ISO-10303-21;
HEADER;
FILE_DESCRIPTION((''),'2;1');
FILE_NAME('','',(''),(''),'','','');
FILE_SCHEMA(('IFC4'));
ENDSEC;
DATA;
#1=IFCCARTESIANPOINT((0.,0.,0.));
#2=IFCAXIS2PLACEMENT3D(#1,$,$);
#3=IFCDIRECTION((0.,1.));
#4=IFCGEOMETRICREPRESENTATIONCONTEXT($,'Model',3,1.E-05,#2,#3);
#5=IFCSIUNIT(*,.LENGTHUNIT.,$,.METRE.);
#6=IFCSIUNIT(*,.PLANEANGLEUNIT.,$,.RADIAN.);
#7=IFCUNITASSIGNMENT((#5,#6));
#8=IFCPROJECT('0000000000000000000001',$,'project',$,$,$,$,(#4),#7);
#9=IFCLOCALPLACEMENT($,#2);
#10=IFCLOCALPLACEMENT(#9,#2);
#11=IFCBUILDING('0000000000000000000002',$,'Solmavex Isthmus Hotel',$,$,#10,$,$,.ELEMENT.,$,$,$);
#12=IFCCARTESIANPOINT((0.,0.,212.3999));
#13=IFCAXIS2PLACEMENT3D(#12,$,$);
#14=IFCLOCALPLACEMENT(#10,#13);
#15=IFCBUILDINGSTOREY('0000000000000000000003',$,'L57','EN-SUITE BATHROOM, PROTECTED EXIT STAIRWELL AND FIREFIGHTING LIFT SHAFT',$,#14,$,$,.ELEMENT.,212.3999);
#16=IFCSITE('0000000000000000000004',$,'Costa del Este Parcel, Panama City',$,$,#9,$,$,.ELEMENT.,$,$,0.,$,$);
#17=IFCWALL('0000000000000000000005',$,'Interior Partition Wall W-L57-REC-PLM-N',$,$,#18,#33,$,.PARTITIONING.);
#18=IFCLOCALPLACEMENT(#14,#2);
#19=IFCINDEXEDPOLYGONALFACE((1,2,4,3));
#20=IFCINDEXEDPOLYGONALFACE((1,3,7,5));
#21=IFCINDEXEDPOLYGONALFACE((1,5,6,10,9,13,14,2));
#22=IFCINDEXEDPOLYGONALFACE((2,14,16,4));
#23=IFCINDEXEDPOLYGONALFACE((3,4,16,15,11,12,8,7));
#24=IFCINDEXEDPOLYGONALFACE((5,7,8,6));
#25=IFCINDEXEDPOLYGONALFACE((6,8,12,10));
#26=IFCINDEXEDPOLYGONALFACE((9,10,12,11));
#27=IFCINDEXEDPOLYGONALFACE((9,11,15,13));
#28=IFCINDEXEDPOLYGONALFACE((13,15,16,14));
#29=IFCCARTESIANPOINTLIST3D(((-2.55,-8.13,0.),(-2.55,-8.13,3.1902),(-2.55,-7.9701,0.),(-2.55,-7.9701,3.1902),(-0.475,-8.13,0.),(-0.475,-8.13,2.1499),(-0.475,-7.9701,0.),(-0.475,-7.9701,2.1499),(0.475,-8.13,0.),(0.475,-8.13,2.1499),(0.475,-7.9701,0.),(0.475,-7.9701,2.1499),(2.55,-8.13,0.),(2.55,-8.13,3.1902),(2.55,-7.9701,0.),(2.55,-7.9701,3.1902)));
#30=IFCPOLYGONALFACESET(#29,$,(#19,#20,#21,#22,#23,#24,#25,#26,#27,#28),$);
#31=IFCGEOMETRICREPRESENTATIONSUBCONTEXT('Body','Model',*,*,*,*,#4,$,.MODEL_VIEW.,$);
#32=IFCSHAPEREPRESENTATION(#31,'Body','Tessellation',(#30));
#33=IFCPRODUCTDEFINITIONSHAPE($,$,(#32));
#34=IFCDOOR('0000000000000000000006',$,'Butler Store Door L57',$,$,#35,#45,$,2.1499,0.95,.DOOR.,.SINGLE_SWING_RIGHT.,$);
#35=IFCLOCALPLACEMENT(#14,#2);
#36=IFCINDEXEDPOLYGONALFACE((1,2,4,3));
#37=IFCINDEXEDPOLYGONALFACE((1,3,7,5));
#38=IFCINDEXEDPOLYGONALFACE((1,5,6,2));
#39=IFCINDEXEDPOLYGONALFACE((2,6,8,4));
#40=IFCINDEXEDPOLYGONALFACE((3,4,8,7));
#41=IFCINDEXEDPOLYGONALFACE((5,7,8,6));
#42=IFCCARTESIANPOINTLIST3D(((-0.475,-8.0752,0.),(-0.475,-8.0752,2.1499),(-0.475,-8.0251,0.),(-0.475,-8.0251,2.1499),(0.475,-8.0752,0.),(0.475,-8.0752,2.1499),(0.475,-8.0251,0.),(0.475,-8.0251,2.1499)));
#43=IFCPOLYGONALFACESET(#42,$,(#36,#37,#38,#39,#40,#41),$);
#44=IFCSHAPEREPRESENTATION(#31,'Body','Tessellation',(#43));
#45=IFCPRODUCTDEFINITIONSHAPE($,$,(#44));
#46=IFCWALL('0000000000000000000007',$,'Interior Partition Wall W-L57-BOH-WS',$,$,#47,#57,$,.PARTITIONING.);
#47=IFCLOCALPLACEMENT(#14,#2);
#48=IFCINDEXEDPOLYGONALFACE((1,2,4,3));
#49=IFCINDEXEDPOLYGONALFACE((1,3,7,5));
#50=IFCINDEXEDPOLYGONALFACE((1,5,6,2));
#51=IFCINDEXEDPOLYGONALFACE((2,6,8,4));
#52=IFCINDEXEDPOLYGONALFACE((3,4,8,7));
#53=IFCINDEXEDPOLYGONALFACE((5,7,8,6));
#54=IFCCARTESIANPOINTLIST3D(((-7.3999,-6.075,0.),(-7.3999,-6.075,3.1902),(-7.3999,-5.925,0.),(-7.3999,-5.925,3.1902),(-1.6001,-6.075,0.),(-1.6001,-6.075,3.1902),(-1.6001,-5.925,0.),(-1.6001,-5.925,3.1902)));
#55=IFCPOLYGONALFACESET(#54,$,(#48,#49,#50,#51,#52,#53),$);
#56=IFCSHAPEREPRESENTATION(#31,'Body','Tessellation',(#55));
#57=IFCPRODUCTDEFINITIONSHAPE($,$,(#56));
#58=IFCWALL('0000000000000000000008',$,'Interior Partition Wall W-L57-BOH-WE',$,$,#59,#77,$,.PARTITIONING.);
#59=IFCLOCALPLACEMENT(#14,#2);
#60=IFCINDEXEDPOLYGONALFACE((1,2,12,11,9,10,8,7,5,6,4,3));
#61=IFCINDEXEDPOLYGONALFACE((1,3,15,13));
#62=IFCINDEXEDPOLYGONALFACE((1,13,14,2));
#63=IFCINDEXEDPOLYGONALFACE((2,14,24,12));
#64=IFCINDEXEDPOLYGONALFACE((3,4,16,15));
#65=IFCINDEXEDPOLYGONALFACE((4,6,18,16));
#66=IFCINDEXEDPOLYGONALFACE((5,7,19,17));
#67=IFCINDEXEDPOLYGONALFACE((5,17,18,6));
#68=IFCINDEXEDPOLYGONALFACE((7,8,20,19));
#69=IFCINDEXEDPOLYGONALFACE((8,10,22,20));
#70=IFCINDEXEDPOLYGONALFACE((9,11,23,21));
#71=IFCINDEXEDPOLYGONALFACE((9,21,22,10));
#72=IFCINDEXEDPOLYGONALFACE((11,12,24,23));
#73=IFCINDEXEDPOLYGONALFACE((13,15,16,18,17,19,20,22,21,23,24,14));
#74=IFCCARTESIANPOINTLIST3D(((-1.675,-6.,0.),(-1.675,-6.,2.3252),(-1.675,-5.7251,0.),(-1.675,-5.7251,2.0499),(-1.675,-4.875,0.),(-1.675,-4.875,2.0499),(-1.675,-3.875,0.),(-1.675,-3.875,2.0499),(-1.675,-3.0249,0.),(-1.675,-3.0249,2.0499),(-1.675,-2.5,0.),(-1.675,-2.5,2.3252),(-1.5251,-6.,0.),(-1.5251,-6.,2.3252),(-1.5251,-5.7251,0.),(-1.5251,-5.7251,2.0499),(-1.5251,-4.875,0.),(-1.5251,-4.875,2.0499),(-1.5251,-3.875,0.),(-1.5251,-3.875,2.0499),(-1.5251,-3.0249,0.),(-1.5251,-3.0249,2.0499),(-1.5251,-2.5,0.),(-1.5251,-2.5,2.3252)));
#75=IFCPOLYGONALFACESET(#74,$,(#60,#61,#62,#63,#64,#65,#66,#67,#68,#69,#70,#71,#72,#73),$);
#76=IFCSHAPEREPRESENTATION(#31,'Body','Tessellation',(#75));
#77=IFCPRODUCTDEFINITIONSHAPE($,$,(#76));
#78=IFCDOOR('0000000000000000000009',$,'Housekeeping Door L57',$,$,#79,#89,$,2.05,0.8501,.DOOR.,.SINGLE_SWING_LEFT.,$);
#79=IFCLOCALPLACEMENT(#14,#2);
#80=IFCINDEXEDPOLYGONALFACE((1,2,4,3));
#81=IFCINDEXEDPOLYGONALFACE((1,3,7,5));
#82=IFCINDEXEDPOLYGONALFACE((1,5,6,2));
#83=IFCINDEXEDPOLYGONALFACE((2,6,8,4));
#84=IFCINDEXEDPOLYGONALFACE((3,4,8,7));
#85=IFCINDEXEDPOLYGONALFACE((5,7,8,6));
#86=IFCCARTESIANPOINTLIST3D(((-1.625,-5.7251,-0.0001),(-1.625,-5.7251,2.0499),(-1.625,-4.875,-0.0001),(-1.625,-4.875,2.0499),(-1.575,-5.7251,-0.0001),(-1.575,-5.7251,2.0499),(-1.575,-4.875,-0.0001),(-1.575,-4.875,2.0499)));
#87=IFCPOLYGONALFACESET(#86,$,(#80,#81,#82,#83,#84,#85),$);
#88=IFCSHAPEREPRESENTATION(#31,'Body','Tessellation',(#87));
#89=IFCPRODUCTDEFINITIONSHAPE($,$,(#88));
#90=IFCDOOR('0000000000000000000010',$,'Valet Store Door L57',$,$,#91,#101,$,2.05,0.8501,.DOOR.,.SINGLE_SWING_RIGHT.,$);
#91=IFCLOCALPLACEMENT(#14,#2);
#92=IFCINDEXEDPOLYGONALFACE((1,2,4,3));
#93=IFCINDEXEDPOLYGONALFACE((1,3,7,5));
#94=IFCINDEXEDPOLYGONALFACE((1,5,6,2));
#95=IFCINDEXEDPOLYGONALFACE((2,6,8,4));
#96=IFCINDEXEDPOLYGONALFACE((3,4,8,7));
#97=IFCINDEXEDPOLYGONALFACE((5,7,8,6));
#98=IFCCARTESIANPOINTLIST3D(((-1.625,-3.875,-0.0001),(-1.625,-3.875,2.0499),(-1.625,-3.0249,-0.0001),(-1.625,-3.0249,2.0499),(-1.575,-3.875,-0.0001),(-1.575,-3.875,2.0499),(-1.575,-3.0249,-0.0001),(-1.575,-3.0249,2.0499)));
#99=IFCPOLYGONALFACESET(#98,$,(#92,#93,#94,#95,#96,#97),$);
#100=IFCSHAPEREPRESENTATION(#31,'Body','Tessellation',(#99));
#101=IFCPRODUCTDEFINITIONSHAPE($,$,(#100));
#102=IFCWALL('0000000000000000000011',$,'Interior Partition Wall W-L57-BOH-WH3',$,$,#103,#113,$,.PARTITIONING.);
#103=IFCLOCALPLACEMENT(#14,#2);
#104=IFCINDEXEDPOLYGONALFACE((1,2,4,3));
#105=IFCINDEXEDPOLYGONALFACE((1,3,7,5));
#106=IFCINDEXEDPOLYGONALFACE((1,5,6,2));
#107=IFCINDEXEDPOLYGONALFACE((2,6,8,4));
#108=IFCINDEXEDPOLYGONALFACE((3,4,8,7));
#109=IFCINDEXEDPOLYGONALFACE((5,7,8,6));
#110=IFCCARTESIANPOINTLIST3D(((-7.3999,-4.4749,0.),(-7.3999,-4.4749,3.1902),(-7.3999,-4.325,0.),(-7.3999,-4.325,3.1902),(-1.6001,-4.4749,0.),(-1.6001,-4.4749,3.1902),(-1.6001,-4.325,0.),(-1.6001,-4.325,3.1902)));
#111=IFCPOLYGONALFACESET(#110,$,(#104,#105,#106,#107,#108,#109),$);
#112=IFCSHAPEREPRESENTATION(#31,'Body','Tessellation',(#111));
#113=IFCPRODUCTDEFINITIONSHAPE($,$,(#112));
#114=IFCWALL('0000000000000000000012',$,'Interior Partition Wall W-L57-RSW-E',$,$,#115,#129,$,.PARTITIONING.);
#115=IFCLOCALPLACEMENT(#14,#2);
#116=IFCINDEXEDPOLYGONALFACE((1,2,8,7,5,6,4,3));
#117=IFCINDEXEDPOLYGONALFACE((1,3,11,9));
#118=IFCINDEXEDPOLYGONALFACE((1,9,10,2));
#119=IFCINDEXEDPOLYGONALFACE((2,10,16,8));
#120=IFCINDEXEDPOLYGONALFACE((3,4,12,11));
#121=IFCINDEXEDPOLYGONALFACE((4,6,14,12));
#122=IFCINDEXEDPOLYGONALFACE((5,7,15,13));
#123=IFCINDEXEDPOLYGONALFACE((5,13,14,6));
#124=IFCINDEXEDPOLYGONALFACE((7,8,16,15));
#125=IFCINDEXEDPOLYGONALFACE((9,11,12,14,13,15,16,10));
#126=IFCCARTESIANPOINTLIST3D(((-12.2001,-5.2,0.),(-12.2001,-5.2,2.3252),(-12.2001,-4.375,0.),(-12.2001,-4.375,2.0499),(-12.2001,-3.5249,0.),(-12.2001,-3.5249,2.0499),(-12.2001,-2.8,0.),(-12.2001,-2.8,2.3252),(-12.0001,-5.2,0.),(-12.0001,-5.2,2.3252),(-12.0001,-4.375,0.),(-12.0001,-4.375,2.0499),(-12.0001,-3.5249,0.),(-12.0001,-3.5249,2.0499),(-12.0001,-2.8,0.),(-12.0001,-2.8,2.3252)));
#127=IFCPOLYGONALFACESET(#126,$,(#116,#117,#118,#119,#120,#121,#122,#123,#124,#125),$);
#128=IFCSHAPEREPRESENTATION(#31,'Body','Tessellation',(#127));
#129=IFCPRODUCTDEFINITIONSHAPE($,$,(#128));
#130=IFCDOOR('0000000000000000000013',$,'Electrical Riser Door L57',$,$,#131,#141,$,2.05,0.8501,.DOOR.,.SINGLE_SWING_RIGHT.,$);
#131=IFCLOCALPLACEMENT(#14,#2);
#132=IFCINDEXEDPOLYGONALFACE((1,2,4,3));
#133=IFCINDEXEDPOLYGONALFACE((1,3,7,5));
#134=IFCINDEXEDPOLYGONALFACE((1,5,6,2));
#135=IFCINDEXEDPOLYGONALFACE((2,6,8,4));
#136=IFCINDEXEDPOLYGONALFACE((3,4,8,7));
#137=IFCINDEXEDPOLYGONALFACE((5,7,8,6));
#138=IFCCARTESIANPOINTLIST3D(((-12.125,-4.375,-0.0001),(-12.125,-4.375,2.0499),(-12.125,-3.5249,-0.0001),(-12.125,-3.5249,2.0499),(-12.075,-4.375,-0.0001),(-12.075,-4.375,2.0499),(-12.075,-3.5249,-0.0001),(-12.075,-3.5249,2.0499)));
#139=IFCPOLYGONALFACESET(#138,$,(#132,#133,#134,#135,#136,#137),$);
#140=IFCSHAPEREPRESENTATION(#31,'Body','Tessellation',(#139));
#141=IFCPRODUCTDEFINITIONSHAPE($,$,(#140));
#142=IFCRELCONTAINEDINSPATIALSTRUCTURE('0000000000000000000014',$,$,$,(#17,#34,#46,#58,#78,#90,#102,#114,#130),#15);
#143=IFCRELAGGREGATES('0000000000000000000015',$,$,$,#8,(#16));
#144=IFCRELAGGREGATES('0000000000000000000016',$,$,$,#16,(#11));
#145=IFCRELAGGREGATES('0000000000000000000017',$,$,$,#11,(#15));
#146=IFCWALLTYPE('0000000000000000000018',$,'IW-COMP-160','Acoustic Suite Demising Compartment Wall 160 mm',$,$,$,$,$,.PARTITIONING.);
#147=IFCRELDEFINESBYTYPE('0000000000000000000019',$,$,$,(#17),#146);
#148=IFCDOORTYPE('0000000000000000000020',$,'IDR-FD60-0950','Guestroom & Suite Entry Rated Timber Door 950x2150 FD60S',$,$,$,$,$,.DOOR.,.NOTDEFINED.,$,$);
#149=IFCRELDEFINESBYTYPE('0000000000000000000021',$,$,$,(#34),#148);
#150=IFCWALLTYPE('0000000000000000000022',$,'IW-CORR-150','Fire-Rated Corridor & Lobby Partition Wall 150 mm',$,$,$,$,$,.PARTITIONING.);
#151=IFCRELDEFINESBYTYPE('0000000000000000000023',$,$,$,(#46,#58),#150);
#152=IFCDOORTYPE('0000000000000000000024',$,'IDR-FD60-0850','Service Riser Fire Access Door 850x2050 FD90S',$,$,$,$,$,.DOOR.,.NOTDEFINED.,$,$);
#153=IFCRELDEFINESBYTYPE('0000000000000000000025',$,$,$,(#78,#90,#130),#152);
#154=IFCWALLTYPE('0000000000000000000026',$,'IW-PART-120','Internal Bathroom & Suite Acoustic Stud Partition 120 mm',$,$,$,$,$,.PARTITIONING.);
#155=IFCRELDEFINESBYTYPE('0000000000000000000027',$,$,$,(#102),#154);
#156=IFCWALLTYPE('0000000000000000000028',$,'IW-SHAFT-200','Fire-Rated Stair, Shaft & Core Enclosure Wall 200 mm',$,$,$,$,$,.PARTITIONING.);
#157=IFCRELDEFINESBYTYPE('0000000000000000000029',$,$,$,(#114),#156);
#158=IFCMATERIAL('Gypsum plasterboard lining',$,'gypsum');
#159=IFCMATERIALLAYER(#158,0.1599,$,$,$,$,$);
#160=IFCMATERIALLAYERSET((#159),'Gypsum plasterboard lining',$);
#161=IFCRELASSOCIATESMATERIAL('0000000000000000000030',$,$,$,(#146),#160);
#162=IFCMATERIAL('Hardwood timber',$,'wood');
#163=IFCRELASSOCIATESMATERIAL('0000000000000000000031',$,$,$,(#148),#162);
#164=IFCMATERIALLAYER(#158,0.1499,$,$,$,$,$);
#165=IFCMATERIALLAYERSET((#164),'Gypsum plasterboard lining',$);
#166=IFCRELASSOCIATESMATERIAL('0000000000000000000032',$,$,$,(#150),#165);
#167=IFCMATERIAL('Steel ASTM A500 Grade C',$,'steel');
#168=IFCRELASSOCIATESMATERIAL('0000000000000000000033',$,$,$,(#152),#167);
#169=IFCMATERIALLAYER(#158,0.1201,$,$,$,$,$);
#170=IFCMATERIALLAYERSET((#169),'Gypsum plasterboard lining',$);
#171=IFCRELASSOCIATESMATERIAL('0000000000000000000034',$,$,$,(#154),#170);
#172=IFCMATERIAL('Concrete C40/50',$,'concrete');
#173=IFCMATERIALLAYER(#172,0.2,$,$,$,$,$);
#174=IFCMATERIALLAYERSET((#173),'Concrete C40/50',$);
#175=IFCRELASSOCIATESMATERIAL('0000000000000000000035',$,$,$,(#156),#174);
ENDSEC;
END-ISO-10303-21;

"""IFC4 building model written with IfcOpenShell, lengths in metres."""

from ifc_helpers import new_model, si_unit, direction, frame, frame_2d, origin, place, context, subcontext, project, spatial, rectangle, extrude, material, layer, layer_set, type_object, element, fill, save


model = new_model("IFC4")

# Units and contexts
model_context = context("Model", 3, precision=1e-05, world=origin(), true_north=direction((0.0, 1.0)))
body_context = subcontext(model_context, "Body", "Model", "MODEL_VIEW")
ifc_project = project(units=[si_unit("LENGTHUNIT", "METRE"), si_unit("PLANEANGLEUNIT", "RADIAN")], contexts=[model_context])

# Site, building, storey
site_placement = place(None, origin())
site = spatial("IfcSite", under=ifc_project, at=site_placement, Name="Costa del Este Parcel, Panama City", CompositionType="ELEMENT", RefElevation=0.0)
building_placement = place(site_placement, origin())
building = spatial("IfcBuilding", under=site, at=building_placement, Name="Solmavex Isthmus Hotel", CompositionType="ELEMENT")
storey_placement = place(building_placement, frame((0.0, 0.0, 212.3999)))
storey = spatial("IfcBuildingStorey", under=building, at=storey_placement, Name="L57", Description="EN-SUITE BATHROOM, PROTECTED EXIT STAIRWELL AND FIREFIGHTING LIFT SHAFT", CompositionType="ELEMENT", Elevation=212.3999)

# Wall, opening, door
ifc_material_1 = material(Name="Gypsum plasterboard lining", Category="gypsum")
ifc_layer_1 = layer(ifc_material_1, 0.1599)
ifc_layer_set_1 = layer_set([ifc_layer_1], Name="Gypsum plasterboard lining")
wall_type_1 = type_object("IfcWallType", Name="IW-COMP-160", Description="Acoustic Suite Demising Compartment Wall 160 mm", PredefinedType="PARTITIONING", material=ifc_layer_set_1)
ifc_material_2 = material(Name="Hardwood timber", Category="wood")
door_type_1 = type_object("IfcDoorType", Name="IDR-FD60-0950", Description="Guestroom & Suite Entry Rated Timber Door 950x2150 FD60S", OperationType="NOTDEFINED", PredefinedType="DOOR", material=ifc_material_2)
wall_1_placement = place(storey_placement, frame((-2.55, -8.05, 0.0), z_axis=(0.0, 0.0, 1.0), x_axis=(1.0, 0.0, 0.0)))
wall_1 = element("IfcWall", 1, at=wall_1_placement, inside=storey, type_object=wall_type_1, Name="Interior Partition Wall W-L57-REC-PLM-N", PredefinedType="PARTITIONING", context=body_context, shape_type="SweptSolid", body=[
    extrude(rectangle(XDim=5.1001, YDim=0.1599, at=frame_2d((2.55, 0.0))), origin(), (0.0, 0.0, 1.0), 3.1902),
])
opening_1_placement = place(wall_1_placement, frame((2.075, 0.0, 0.0)))
opening_1 = element("IfcOpeningElement", 2, at=opening_1_placement, cuts=wall_1, PredefinedType="OPENING", context=body_context, shape_type="SweptSolid", body=[
    extrude(rectangle(XDim=0.95, YDim=2.1499, at=frame_2d((0.4751, 1.075))), frame((0.0, 0.0898, 0.0), z_axis=(0.0, -1.0, 0.0), x_axis=(1.0, 0.0, 0.0)), (0.0, 0.0, 1.0), 0.1799),
])
door_1_placement = place(opening_1_placement, origin())
door_1 = element("IfcDoor", 3, at=door_1_placement, inside=storey, type_object=door_type_1, Name="Butler Store Door L57", OperationType="SINGLE_SWING_RIGHT", OverallHeight=2.1499, OverallWidth=0.95, PredefinedType="DOOR", context=body_context, shape_type="SweptSolid", body=[
    extrude(rectangle(XDim=0.95, YDim=2.1499, at=frame_2d((0.4751, 1.075))), frame((0.0, 0.0249, 0.0), z_axis=(0.0, -1.0, 0.0), x_axis=(1.0, 0.0, 0.0)), (0.0, 0.0, 1.0), 0.05),
])
fill(opening_1, door_1)

# Wall
ifc_layer_2 = layer(ifc_material_1, 0.1499)
ifc_layer_set_2 = layer_set([ifc_layer_2], Name="Gypsum plasterboard lining")
wall_type_2 = type_object("IfcWallType", Name="IW-CORR-150", Description="Fire-Rated Corridor & Lobby Partition Wall 150 mm", PredefinedType="PARTITIONING", material=ifc_layer_set_2)
wall_2_placement = place(storey_placement, frame((-7.3999, -6.0, 0.0), z_axis=(0.0, 0.0, 1.0), x_axis=(1.0, 0.0, 0.0)))
element("IfcWall", 4, at=wall_2_placement, inside=storey, type_object=wall_type_2, Name="Interior Partition Wall W-L57-BOH-WS", PredefinedType="PARTITIONING", context=body_context, shape_type="SweptSolid", body=[
    extrude(rectangle(XDim=5.7998, YDim=0.1499, at=frame_2d((2.8999, 0.0))), origin(), (0.0, 0.0, 1.0), 3.1902),
])

# Wall, openings, doors
wall_3_placement = place(storey_placement, frame((-1.6001, -6.0, 0.0), z_axis=(0.0, 0.0, 1.0), x_axis=(0.0, 1.0, 0.0)))
wall_3 = element("IfcWall", 5, at=wall_3_placement, inside=storey, type_object=wall_type_2, Name="Interior Partition Wall W-L57-BOH-WE", PredefinedType="PARTITIONING", context=body_context, shape_type="SweptSolid", body=[
    extrude(rectangle(XDim=3.5, YDim=0.1499, at=frame_2d((1.75, 0.0))), origin(), (0.0, 0.0, 1.0), 2.3252),
])
opening_2_placement = place(wall_3_placement, frame((0.2749, 0.0, 0.0)))
opening_2 = element("IfcOpeningElement", 6, at=opening_2_placement, cuts=wall_3, PredefinedType="OPENING", context=body_context, shape_type="SweptSolid", body=[
    extrude(rectangle(XDim=0.8501, YDim=2.05, at=frame_2d((0.425, 1.0249))), frame((0.0, 0.085, 0.0), z_axis=(0.0, -1.0, 0.0), x_axis=(1.0, 0.0, 0.0)), (0.0, 0.0, 1.0), 0.1699),
])
opening_3_placement = place(wall_3_placement, frame((2.125, 0.0, 0.0)))
opening_3 = element("IfcOpeningElement", 7, at=opening_3_placement, cuts=wall_3, PredefinedType="OPENING", context=body_context, shape_type="SweptSolid", body=[
    extrude(rectangle(XDim=0.8501, YDim=2.05, at=frame_2d((0.425, 1.0249))), frame((0.0, 0.085, 0.0), z_axis=(0.0, -1.0, 0.0), x_axis=(1.0, 0.0, 0.0)), (0.0, 0.0, 1.0), 0.1699),
])
ifc_material_3 = material(Name="Steel ASTM A500 Grade C", Category="steel")
door_type_2 = type_object("IfcDoorType", Name="IDR-FD60-0850", Description="Service Riser Fire Access Door 850x2050 FD90S", OperationType="NOTDEFINED", PredefinedType="DOOR", material=ifc_material_3)
door_2_placement = place(opening_2_placement, origin())
door_2 = element("IfcDoor", 8, at=door_2_placement, inside=storey, type_object=door_type_2, Name="Housekeeping Door L57", OperationType="SINGLE_SWING_LEFT", OverallHeight=2.05, OverallWidth=0.8501, PredefinedType="DOOR", context=body_context, shape_type="SweptSolid", body=[
    extrude(rectangle(XDim=0.8501, YDim=2.05, at=frame_2d((0.425, 1.0249))), frame((0.0, 0.0249, 0.0), z_axis=(0.0, -1.0, 0.0), x_axis=(1.0, 0.0, 0.0)), (0.0, 0.0, 1.0), 0.05),
])
fill(opening_2, door_2)
door_3_placement = place(opening_3_placement, origin())
door_3 = element("IfcDoor", 9, at=door_3_placement, inside=storey, type_object=door_type_2, Name="Valet Store Door L57", OperationType="SINGLE_SWING_RIGHT", OverallHeight=2.05, OverallWidth=0.8501, PredefinedType="DOOR", context=body_context, shape_type="SweptSolid", body=[
    extrude(rectangle(XDim=0.8501, YDim=2.05, at=frame_2d((0.425, 1.0249))), frame((0.0, 0.0249, 0.0), z_axis=(0.0, -1.0, 0.0), x_axis=(1.0, 0.0, 0.0)), (0.0, 0.0, 1.0), 0.05),
])
fill(opening_3, door_3)

# Wall
ifc_layer_3 = layer(ifc_material_1, 0.1201)
ifc_layer_set_3 = layer_set([ifc_layer_3], Name="Gypsum plasterboard lining")
wall_type_3 = type_object("IfcWallType", Name="IW-PART-120", Description="Internal Bathroom & Suite Acoustic Stud Partition 120 mm", PredefinedType="PARTITIONING", material=ifc_layer_set_3)
wall_4_placement = place(storey_placement, frame((-7.3999, -4.3999, 0.0), z_axis=(0.0, 0.0, 1.0), x_axis=(1.0, 0.0, 0.0)))
element("IfcWall", 10, at=wall_4_placement, inside=storey, type_object=wall_type_3, Name="Interior Partition Wall W-L57-BOH-WH3", PredefinedType="PARTITIONING", context=body_context, shape_type="SweptSolid", body=[
    extrude(rectangle(XDim=5.7998, YDim=0.1499, at=frame_2d((2.8999, 0.0))), origin(), (0.0, 0.0, 1.0), 3.1902),
])

# Wall, opening, door
ifc_material_4 = material(Name="Concrete C40/50", Category="concrete")
ifc_layer_4 = layer(ifc_material_4, 0.2)
ifc_layer_set_4 = layer_set([ifc_layer_4], Name="Concrete C40/50")
wall_type_4 = type_object("IfcWallType", Name="IW-SHAFT-200", Description="Fire-Rated Stair, Shaft & Core Enclosure Wall 200 mm", PredefinedType="PARTITIONING", material=ifc_layer_set_4)
wall_5_placement = place(storey_placement, frame((-12.1001, -5.2, 0.0), z_axis=(0.0, 0.0, 1.0), x_axis=(0.0, 1.0, 0.0)))
wall_5 = element("IfcWall", 11, at=wall_5_placement, inside=storey, type_object=wall_type_4, Name="Interior Partition Wall W-L57-RSW-E", PredefinedType="PARTITIONING", context=body_context, shape_type="SweptSolid", body=[
    extrude(rectangle(XDim=2.3999, YDim=0.2, at=frame_2d((1.2, 0.0))), origin(), (0.0, 0.0, 1.0), 2.3252),
])
opening_4_placement = place(wall_5_placement, frame((0.825, 0.0, 0.0)))
opening_4 = element("IfcOpeningElement", 12, at=opening_4_placement, cuts=wall_5, PredefinedType="OPENING", context=body_context, shape_type="SweptSolid", body=[
    extrude(rectangle(XDim=0.8501, YDim=2.05, at=frame_2d((0.425, 1.0249))), frame((0.0, 0.1099, 0.0), z_axis=(0.0, -1.0, 0.0), x_axis=(1.0, 0.0, 0.0)), (0.0, 0.0, 1.0), 0.22),
])
door_4_placement = place(opening_4_placement, origin())
door_4 = element("IfcDoor", 13, at=door_4_placement, inside=storey, type_object=door_type_2, Name="Electrical Riser Door L57", OperationType="SINGLE_SWING_RIGHT", OverallHeight=2.05, OverallWidth=0.8501, PredefinedType="DOOR", context=body_context, shape_type="SweptSolid", body=[
    extrude(rectangle(XDim=0.8501, YDim=2.05, at=frame_2d((0.425, 1.0249))), frame((0.0, 0.0249, 0.0), z_axis=(0.0, -1.0, 0.0), x_axis=(1.0, 0.0, 0.0)), (0.0, 0.0, 1.0), 0.05),
])
fill(opening_4, door_4)

save(model, "model.ifc")
